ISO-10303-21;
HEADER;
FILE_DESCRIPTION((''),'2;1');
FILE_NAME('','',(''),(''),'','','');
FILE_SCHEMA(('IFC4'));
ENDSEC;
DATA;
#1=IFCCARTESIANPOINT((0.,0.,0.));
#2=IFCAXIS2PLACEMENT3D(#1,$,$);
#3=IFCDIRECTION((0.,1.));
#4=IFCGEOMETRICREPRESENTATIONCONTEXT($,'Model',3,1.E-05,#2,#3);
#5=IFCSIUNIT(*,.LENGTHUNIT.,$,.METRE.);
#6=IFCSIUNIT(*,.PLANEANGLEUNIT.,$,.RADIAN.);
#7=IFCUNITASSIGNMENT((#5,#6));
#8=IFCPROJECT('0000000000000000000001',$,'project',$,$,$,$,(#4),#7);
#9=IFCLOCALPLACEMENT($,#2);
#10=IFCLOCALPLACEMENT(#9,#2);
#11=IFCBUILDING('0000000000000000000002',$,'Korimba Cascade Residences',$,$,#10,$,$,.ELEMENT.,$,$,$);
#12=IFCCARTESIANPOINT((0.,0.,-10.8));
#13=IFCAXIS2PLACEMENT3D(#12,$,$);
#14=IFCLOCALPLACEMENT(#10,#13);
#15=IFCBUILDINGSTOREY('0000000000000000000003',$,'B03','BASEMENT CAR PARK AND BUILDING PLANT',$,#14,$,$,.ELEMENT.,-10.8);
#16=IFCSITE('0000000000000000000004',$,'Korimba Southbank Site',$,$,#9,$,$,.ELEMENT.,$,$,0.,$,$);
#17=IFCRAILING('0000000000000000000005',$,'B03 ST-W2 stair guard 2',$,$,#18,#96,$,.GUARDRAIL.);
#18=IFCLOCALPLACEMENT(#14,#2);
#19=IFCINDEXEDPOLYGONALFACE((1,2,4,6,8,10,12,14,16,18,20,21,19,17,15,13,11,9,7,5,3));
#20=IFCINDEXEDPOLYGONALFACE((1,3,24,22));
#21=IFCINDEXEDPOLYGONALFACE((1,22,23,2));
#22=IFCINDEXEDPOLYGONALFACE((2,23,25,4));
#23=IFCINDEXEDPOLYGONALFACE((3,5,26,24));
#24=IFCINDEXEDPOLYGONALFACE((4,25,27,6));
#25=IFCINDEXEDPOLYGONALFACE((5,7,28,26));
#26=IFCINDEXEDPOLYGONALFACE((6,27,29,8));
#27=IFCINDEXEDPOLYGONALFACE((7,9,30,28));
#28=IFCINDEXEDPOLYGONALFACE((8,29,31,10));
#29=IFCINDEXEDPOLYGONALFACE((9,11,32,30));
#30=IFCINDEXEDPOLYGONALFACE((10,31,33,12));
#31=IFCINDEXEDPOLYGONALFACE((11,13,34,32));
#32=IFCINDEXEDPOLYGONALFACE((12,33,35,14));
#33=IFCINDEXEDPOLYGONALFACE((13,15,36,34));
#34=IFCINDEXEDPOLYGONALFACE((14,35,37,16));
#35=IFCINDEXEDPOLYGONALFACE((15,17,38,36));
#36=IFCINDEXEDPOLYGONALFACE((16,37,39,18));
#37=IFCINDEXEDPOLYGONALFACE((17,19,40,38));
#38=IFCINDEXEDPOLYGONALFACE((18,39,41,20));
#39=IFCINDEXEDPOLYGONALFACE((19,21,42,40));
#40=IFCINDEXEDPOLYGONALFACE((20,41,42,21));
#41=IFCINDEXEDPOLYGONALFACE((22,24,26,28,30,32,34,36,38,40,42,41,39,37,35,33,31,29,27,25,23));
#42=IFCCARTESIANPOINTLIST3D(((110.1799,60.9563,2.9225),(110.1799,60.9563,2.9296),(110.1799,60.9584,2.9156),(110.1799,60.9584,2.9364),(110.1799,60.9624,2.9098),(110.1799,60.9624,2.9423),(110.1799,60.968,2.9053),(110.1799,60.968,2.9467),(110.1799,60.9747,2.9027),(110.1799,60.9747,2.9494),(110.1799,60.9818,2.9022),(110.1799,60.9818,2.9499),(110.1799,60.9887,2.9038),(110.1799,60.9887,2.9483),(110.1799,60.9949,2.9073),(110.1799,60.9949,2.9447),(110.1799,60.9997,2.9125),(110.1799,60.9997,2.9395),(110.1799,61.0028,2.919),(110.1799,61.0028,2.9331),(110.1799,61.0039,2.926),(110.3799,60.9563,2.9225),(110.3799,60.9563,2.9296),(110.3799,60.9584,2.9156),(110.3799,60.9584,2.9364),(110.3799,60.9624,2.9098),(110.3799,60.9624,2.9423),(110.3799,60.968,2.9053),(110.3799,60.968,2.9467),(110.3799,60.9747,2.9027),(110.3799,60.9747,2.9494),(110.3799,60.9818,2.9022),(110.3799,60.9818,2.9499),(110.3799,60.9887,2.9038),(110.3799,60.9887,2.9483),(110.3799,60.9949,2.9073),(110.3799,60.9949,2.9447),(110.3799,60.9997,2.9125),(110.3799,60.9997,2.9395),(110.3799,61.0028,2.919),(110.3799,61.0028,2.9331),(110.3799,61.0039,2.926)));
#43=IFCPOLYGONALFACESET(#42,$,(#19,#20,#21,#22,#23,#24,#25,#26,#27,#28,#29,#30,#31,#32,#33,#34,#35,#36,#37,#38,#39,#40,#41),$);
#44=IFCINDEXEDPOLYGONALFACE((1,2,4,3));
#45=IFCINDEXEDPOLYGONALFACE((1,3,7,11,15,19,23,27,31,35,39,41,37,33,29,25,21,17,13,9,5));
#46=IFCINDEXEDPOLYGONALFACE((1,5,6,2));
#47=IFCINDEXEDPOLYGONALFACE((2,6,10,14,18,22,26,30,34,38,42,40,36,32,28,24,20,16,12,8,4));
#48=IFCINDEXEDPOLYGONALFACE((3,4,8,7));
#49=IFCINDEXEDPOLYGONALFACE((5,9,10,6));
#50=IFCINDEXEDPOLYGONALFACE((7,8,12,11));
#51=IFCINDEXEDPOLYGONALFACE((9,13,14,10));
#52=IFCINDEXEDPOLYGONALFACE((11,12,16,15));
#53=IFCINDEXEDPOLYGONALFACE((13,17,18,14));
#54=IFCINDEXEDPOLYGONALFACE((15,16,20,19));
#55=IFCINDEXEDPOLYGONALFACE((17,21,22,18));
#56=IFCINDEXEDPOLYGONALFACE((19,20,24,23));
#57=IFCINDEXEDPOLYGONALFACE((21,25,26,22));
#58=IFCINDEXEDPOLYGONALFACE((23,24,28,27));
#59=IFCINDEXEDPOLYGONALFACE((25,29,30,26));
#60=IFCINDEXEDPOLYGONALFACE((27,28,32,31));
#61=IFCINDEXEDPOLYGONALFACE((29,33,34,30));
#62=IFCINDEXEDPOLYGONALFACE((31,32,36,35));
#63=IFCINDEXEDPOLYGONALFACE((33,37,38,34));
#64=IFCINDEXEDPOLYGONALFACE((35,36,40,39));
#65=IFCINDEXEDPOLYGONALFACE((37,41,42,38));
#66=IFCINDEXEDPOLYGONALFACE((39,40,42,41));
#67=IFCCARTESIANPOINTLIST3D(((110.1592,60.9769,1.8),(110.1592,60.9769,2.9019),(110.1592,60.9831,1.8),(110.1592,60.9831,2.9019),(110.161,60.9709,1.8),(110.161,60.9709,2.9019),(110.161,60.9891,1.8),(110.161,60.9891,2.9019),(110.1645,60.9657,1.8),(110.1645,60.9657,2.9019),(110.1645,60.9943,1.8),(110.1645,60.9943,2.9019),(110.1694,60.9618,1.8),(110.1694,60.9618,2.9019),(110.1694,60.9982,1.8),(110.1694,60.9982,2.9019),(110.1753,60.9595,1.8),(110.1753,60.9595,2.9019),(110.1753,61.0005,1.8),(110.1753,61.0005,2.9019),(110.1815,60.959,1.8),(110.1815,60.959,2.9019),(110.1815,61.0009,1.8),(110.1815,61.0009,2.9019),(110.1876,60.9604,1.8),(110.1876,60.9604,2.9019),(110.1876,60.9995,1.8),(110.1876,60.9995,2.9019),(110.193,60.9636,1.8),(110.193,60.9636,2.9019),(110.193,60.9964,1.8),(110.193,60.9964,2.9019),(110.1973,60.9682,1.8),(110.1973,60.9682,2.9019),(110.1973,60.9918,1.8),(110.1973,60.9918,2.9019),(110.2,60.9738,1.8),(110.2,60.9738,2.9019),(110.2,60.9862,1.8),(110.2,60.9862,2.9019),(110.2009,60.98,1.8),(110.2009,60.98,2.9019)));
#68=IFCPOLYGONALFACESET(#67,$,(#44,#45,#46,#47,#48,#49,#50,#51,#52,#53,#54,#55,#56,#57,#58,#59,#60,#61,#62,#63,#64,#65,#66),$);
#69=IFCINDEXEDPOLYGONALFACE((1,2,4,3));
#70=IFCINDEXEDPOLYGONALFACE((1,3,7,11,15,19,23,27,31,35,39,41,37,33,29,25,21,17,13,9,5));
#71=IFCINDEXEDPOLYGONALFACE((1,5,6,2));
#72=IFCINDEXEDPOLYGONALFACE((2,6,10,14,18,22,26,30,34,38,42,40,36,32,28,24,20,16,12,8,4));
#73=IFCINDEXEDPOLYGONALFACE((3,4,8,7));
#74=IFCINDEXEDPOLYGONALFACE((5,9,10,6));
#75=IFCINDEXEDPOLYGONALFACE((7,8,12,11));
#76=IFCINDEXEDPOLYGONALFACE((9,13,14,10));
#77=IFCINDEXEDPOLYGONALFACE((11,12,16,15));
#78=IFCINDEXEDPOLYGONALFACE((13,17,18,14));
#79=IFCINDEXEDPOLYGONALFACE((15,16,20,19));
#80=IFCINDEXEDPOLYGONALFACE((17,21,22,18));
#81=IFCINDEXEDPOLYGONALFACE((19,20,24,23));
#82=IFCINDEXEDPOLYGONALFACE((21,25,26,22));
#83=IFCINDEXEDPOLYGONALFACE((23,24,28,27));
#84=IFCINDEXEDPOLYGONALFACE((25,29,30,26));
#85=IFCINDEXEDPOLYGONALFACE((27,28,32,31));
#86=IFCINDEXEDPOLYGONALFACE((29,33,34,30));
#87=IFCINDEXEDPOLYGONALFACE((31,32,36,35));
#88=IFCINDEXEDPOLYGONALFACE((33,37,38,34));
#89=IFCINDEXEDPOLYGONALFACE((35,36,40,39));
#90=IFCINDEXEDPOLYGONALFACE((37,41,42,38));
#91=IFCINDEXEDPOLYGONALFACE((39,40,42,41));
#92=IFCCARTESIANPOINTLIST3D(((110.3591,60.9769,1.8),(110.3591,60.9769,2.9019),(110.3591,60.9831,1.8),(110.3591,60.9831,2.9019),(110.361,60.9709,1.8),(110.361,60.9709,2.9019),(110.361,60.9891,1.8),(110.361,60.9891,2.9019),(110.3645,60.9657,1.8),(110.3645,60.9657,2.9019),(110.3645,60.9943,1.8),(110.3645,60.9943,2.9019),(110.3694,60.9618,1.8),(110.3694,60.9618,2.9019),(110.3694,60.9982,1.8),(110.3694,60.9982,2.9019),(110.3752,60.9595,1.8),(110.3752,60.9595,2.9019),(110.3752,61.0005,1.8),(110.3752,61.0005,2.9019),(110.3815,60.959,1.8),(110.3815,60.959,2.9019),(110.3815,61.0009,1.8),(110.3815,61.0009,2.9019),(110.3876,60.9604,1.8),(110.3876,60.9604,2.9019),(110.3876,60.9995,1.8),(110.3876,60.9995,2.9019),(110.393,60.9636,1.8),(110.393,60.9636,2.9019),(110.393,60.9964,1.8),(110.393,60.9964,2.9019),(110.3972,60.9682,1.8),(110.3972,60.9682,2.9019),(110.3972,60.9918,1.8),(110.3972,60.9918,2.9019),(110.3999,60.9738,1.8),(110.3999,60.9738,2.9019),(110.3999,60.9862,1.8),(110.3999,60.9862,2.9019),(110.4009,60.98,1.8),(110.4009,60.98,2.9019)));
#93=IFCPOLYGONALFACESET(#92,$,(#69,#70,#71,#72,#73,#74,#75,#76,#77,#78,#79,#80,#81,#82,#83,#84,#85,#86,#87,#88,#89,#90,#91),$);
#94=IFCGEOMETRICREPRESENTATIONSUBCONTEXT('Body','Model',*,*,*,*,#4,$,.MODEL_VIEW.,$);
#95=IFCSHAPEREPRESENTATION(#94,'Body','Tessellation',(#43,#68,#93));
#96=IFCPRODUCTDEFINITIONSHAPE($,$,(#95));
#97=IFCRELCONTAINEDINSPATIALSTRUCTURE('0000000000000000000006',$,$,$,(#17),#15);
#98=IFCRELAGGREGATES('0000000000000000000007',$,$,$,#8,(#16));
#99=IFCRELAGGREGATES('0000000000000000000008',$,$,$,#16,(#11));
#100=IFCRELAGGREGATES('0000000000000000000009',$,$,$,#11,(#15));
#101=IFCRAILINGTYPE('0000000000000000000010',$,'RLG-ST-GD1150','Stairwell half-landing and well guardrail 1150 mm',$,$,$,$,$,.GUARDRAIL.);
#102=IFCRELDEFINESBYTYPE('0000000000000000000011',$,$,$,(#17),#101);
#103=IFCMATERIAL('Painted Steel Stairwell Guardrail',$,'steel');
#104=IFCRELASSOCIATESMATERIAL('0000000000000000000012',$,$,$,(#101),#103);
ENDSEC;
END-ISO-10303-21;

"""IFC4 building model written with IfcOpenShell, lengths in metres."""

from ifc_helpers import new_model, si_unit, direction, frame, origin, origin_2d, place, context, subcontext, project, spatial, circle, extrude, material, type_object, element, save


model = new_model("IFC4")

# Units and contexts
model_context = context("Model", 3, precision=1e-05, world=origin(), true_north=direction((0.0, 1.0)))
body_context = subcontext(model_context, "Body", "Model", "MODEL_VIEW")
ifc_project = project(units=[si_unit("LENGTHUNIT", "METRE"), si_unit("PLANEANGLEUNIT", "RADIAN")], contexts=[model_context])

# Site, building, storey
site_placement = place(None, origin())
site = spatial("IfcSite", under=ifc_project, at=site_placement, Name="Korimba Southbank Site", CompositionType="ELEMENT", RefElevation=0.0)
building_placement = place(site_placement, origin())
building = spatial("IfcBuilding", under=site, at=building_placement, Name="Korimba Cascade Residences", CompositionType="ELEMENT")
storey_placement = place(building_placement, frame((0.0, 0.0, -10.8)))
storey = spatial("IfcBuildingStorey", under=building, at=storey_placement, Name="B03", Description="BASEMENT CAR PARK AND BUILDING PLANT", CompositionType="ELEMENT", Elevation=-10.8)

# Railing
ifc_material_1 = material(Name="Painted Steel Stairwell Guardrail", Category="steel")
railing_type_1 = type_object("IfcRailingType", Name="RLG-ST-GD1150", Description="Stairwell half-landing and well guardrail 1150 mm", PredefinedType="GUARDRAIL", material=ifc_material_1)
railing_1_placement = place(storey_placement, frame((110.1799, 60.98, 1.8)))
element("IfcRailing", 1, at=railing_1_placement, inside=storey, type_object=railing_type_1, Name="B03 ST-W2 stair guard 2", PredefinedType="GUARDRAIL", context=body_context, shape_type="SweptSolid", body=[
    extrude(circle(Radius=0.0239, at=origin_2d()), frame((0.0, 0.0, 1.126), z_axis=(1.0, 0.0, 0.0), x_axis=(0.0, 1.0, 0.0)), (0.0, 0.0, 1.0), 0.2),
    extrude(circle(Radius=0.021, at=origin_2d()), origin(), (0.0, 0.0, 1.0), 1.1018),
    extrude(circle(Radius=0.021, at=origin_2d()), frame((0.2, 0.0, 0.0)), (0.0, 0.0, 1.0), 1.1018),
])

save(model, "model.ifc")
